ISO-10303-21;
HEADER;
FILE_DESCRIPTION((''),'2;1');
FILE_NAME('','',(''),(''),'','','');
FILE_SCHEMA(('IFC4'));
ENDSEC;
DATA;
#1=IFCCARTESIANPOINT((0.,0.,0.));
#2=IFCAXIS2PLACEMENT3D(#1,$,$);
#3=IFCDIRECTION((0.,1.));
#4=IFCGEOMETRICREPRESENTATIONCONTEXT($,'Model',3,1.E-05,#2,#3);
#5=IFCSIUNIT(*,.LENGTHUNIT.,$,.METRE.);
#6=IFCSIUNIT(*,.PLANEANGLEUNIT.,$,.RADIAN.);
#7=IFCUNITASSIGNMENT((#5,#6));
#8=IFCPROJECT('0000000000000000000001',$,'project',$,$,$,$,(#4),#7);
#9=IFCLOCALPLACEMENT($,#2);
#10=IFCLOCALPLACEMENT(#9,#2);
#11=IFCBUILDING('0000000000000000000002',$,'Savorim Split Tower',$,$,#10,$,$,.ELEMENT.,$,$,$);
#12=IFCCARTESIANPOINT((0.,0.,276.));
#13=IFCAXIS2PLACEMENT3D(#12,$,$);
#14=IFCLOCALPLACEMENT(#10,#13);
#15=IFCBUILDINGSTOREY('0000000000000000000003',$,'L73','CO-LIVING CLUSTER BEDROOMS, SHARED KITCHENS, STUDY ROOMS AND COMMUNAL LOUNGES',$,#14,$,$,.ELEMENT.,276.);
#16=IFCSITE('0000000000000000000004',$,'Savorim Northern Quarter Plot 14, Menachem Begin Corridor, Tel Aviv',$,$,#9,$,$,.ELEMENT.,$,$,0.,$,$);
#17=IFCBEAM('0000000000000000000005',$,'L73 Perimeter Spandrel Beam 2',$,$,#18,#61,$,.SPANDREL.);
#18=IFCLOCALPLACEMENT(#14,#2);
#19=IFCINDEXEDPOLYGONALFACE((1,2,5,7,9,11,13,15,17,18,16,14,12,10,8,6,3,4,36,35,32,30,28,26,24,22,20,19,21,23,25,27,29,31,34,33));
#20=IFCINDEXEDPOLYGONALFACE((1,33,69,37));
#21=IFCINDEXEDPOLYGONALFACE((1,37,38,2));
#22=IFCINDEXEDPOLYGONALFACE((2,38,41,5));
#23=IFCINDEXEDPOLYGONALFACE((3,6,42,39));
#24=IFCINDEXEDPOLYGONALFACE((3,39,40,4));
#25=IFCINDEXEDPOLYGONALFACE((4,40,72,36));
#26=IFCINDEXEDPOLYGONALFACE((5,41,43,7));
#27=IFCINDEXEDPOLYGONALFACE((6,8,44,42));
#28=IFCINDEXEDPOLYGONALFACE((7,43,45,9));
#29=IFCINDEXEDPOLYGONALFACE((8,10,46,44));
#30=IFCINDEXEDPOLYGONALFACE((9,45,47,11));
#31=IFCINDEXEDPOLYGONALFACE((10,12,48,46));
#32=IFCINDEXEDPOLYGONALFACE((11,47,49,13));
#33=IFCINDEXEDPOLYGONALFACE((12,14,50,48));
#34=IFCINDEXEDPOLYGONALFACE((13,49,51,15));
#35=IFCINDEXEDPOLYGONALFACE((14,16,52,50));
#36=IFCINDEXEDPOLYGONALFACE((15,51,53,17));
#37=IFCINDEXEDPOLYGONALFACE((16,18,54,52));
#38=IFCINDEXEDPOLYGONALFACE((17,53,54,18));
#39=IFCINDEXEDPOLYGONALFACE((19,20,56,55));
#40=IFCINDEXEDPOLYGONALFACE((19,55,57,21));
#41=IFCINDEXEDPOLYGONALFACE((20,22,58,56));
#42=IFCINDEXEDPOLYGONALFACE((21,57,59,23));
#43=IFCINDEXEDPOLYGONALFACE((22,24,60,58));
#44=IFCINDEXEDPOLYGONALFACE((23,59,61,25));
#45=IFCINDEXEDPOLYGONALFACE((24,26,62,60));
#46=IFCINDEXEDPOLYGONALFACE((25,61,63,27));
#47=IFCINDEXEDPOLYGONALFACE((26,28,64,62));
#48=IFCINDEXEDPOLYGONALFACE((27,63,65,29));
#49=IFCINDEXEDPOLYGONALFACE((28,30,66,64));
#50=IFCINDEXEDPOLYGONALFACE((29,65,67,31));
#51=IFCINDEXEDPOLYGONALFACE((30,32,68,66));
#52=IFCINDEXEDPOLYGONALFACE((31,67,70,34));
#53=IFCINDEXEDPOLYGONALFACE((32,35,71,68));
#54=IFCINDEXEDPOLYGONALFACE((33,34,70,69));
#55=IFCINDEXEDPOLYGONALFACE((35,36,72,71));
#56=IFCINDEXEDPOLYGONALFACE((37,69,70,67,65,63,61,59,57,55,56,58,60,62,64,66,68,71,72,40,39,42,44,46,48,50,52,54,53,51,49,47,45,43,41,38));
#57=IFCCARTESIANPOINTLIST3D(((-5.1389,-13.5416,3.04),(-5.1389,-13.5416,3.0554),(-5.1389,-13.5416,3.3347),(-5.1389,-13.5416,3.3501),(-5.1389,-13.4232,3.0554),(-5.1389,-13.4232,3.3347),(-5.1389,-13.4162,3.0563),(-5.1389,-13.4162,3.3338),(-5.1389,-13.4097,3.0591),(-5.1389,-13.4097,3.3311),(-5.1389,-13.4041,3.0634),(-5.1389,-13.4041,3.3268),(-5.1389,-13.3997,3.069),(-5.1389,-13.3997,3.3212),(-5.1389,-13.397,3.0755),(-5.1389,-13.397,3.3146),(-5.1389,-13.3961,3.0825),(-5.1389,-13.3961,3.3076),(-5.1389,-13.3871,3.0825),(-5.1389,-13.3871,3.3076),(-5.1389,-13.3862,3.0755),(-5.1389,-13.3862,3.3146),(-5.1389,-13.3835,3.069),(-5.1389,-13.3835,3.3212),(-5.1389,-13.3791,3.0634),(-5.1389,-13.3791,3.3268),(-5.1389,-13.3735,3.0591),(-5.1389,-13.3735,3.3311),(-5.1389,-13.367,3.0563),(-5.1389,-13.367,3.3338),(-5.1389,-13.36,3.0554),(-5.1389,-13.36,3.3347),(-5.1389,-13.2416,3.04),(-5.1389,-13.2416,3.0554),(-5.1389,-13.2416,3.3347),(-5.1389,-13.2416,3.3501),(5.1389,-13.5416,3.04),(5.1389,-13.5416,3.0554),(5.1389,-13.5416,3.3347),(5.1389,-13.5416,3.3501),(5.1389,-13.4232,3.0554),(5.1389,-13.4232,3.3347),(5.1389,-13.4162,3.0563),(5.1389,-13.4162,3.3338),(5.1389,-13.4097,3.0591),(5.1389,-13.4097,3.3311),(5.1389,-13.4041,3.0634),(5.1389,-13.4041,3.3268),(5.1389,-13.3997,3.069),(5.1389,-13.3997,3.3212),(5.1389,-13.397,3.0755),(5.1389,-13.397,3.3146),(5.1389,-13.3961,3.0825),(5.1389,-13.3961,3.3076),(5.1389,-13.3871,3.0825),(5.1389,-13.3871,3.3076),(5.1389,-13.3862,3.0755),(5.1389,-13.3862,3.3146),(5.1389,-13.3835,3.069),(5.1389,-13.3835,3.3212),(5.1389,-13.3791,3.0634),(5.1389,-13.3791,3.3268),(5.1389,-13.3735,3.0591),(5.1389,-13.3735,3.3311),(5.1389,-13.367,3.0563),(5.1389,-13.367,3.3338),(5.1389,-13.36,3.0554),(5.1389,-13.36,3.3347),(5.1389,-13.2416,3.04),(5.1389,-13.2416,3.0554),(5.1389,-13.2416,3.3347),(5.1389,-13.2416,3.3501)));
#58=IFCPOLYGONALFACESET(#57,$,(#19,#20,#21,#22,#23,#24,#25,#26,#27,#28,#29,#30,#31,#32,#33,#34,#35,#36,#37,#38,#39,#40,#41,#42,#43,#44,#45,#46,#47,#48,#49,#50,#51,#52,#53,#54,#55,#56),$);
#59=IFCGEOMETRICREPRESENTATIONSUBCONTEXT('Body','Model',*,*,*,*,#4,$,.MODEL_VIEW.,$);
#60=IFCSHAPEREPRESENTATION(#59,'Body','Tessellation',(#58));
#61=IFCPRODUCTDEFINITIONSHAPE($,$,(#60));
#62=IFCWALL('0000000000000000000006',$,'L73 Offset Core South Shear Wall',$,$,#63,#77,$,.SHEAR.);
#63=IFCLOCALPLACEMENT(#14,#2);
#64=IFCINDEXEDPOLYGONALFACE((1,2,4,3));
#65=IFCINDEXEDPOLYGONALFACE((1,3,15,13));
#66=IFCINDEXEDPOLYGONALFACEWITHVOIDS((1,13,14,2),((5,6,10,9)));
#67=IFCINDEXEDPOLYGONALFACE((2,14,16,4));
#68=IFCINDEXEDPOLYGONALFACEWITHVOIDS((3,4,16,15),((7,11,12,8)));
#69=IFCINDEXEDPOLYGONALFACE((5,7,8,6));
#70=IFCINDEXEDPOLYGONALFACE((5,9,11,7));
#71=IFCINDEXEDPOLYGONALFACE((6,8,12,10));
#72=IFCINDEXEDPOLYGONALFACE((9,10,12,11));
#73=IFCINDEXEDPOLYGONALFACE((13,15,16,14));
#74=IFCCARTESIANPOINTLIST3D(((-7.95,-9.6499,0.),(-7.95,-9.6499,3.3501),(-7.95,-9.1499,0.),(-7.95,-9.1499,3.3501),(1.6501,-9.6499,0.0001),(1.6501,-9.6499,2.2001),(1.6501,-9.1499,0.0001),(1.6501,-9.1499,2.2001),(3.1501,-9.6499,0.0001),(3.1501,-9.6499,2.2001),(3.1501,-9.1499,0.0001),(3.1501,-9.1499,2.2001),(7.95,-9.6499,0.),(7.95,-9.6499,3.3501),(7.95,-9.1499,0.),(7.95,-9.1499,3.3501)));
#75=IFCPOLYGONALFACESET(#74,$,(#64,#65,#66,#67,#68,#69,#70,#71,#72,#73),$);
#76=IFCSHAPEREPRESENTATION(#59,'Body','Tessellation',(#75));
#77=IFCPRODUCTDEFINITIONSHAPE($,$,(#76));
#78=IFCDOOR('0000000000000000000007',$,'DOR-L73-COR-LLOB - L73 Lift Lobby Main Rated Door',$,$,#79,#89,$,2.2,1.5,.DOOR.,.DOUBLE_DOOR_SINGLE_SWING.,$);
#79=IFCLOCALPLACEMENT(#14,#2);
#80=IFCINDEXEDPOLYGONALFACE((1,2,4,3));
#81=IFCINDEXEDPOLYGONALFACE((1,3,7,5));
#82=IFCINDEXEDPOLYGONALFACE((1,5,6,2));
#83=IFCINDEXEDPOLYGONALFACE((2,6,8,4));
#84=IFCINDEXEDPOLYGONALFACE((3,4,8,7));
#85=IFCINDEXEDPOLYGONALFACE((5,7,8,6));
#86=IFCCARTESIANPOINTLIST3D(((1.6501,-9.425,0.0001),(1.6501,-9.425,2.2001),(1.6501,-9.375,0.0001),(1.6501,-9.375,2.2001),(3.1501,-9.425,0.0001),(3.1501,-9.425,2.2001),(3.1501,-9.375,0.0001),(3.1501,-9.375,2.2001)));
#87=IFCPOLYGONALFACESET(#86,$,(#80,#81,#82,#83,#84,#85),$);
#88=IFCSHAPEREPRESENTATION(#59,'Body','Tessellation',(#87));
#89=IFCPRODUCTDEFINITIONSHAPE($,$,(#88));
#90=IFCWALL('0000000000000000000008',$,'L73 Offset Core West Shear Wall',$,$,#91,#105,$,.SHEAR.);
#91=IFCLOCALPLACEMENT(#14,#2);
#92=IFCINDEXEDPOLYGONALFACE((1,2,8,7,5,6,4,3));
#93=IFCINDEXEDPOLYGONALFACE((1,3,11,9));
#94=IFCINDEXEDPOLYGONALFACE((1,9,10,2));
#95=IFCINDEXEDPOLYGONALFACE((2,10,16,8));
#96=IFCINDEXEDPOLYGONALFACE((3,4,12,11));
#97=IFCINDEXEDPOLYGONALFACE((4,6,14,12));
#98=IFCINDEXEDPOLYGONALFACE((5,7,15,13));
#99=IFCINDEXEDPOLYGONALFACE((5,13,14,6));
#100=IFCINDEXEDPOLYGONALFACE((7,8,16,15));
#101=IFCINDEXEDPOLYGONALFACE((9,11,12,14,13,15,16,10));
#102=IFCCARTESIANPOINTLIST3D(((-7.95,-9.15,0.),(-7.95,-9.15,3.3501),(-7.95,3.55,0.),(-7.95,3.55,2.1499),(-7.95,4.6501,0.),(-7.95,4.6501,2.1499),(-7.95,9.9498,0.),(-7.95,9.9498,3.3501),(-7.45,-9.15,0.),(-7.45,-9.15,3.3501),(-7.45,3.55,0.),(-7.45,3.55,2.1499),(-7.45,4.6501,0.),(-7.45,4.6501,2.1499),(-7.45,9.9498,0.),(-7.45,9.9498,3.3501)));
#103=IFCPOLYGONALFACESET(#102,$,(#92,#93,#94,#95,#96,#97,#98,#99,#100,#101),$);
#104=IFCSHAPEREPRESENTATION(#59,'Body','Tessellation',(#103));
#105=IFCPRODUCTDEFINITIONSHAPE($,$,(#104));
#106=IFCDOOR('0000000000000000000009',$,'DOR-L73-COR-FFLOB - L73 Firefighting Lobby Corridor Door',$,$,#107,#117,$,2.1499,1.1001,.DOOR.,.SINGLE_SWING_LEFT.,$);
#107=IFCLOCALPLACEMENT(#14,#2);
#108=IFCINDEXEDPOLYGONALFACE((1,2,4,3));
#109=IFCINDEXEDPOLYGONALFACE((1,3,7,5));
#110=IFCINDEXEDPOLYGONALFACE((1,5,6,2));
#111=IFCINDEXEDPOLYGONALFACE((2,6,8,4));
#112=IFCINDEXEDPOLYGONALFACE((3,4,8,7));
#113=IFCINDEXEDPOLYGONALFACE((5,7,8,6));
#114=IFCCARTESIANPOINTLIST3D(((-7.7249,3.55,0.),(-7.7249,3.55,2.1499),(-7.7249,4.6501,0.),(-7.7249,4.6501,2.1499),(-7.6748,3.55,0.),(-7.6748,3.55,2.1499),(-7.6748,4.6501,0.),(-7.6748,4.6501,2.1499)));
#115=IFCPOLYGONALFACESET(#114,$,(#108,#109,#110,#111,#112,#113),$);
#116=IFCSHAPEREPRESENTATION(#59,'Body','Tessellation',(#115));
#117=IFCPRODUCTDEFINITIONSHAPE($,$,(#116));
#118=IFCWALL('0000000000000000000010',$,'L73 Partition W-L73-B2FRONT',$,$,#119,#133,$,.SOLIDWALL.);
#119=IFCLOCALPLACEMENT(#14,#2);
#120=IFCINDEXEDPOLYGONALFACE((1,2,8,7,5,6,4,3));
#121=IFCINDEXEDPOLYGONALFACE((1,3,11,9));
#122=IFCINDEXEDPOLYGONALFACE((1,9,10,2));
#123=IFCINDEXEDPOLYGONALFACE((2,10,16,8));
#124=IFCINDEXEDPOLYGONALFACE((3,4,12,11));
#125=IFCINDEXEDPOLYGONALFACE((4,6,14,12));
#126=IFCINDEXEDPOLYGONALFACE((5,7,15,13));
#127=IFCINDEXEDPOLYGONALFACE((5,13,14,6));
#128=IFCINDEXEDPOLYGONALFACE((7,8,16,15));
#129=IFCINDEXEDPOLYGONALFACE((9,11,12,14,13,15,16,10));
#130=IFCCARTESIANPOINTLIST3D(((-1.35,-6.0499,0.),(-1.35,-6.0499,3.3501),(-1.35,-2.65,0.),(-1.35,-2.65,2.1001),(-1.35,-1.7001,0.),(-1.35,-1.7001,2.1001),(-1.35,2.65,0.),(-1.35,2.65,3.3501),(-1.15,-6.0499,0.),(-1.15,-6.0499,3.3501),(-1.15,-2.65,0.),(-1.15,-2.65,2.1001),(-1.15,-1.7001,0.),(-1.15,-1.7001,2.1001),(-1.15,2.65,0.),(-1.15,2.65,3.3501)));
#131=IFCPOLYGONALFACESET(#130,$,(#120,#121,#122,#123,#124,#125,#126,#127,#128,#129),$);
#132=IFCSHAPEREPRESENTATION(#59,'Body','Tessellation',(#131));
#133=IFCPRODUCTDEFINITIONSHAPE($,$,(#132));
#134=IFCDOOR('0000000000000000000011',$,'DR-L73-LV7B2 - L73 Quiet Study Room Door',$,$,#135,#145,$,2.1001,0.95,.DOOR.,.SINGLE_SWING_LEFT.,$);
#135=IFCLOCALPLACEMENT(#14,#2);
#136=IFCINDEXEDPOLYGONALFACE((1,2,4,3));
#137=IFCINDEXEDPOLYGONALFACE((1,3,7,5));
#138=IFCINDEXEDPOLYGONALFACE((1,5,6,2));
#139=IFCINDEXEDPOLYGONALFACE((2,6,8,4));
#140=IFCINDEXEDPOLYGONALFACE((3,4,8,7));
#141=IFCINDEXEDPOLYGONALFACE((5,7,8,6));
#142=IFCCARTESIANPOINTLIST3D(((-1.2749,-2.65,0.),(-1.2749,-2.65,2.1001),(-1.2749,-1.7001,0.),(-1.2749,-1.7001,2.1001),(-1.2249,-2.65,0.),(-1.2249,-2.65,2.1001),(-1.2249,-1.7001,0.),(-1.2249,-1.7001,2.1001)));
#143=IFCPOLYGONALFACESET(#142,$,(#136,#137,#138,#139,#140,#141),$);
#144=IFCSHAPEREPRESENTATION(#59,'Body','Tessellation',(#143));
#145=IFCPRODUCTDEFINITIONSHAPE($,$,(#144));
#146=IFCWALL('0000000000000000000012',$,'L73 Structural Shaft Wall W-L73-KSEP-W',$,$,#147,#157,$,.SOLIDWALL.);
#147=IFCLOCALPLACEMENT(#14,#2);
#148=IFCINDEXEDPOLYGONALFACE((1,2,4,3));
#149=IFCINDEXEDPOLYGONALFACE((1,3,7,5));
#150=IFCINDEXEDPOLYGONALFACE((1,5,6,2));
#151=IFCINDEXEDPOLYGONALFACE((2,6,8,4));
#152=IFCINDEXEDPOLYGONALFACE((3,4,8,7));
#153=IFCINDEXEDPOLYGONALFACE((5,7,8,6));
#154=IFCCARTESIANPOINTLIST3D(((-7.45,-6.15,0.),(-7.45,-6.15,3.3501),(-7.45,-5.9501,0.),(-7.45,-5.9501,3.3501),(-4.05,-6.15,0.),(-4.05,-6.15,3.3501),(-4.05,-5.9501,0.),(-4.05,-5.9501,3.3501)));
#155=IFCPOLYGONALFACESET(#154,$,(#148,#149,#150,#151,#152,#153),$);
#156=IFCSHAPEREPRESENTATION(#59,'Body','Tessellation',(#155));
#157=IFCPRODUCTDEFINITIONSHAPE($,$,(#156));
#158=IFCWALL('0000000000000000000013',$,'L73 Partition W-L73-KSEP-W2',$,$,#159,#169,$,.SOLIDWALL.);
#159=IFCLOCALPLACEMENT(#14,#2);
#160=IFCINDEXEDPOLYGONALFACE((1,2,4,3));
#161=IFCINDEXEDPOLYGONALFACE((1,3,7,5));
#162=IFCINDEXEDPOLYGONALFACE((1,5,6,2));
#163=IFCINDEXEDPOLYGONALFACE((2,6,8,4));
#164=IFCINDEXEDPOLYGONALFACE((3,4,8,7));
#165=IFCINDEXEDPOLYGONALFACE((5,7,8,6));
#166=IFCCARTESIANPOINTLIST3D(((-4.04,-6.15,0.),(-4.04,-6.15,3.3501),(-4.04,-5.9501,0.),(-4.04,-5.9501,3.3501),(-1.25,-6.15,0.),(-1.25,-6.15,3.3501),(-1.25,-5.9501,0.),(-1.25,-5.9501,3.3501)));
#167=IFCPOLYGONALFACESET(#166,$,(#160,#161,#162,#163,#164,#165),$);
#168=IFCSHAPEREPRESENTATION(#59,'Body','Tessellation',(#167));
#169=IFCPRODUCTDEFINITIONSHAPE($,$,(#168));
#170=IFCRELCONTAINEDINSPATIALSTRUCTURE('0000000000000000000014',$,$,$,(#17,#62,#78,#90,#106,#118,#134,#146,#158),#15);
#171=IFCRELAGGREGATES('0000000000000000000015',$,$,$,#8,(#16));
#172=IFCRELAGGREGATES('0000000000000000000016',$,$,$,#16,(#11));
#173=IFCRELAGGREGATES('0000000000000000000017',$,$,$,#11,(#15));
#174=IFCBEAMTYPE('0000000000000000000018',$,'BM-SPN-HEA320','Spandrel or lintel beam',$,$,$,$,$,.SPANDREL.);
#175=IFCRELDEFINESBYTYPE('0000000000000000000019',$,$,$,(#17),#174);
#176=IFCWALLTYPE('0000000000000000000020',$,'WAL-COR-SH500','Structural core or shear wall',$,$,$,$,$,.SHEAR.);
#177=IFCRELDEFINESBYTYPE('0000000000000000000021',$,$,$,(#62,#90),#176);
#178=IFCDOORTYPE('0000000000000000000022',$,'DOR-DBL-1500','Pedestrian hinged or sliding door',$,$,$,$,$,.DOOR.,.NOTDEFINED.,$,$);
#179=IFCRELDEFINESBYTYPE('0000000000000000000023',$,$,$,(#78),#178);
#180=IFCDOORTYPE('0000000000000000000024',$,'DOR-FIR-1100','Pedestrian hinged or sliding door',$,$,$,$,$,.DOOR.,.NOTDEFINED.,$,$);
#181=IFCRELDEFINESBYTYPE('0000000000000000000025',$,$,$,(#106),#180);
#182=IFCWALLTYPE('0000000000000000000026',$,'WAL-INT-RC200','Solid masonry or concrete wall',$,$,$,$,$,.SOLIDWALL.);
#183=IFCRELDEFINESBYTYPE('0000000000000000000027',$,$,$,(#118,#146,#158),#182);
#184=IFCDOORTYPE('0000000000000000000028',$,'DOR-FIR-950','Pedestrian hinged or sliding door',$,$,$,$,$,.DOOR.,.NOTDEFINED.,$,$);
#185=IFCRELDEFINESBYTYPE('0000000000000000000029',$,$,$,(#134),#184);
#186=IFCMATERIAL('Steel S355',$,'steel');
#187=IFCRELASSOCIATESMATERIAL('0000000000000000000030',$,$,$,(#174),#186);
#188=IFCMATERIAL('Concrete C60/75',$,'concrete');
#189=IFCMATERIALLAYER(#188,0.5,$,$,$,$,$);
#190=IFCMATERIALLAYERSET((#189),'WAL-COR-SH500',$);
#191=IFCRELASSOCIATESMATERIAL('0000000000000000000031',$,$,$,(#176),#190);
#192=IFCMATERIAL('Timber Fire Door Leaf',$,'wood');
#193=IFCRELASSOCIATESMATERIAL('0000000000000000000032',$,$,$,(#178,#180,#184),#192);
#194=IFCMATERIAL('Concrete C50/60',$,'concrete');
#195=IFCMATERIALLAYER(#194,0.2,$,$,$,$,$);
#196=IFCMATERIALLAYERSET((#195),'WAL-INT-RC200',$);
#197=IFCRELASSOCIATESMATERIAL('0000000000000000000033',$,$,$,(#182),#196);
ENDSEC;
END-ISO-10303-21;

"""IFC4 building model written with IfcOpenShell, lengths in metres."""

from ifc_helpers import new_model, si_unit, direction, frame, frame_2d, origin, origin_2d, place, context, subcontext, project, spatial, rectangle, i_section, extrude, material, layer, layer_set, material_profile, profile_set, type_object, element, fill, save


model = new_model("IFC4")

# Units and contexts
model_context = context("Model", 3, precision=1e-05, world=origin(), true_north=direction((0.0, 1.0)))
body_context = subcontext(model_context, "Body", "Model", "MODEL_VIEW")
ifc_project = project(units=[si_unit("LENGTHUNIT", "METRE"), si_unit("PLANEANGLEUNIT", "RADIAN")], contexts=[model_context])

# Site, building, storey
site_placement = place(None, origin())
site = spatial("IfcSite", under=ifc_project, at=site_placement, Name="Savorim Northern Quarter Plot 14, Menachem Begin Corridor, Tel Aviv", CompositionType="ELEMENT", RefElevation=0.0)
building_placement = place(site_placement, origin())
building = spatial("IfcBuilding", under=site, at=building_placement, Name="Savorim Split Tower", CompositionType="ELEMENT")
storey_placement = place(building_placement, frame((0.0, 0.0, 276.0)))
storey = spatial("IfcBuildingStorey", under=building, at=storey_placement, Name="L73", Description="CO-LIVING CLUSTER BEDROOMS, SHARED KITCHENS, STUDY ROOMS AND COMMUNAL LOUNGES", CompositionType="ELEMENT", Elevation=276.0)

# Shared definitions
ifc_material_1 = material(Name="Steel S355", Category="steel")

# Beam
ifc_material_profile_1 = material_profile(ifc_material_1, i_section(OverallWidth=0.3, OverallDepth=0.3101, WebThickness=0.009, FlangeThickness=0.0154, FilletRadius=0.0271, at=origin_2d()), Name="HEA 320")
ifc_profile_set_1 = profile_set([ifc_material_profile_1], Name="Steel S355")
beam_type_1 = type_object("IfcBeamType", Name="BM-SPN-HEA320", Description="Spandrel or lintel beam", PredefinedType="SPANDREL", material=ifc_profile_set_1)
beam_1_placement = place(storey_placement, frame((-5.1389, -13.3916, 3.1951), z_axis=(1.0, 0.0, 0.0), x_axis=(0.0, 1.0, 0.0)))
element("IfcBeam", 1, at=beam_1_placement, inside=storey, type_object=beam_type_1, Name="L73 Perimeter Spandrel Beam 2", PredefinedType="SPANDREL", context=body_context, shape_type="SweptSolid", body=[
    extrude(i_section(OverallWidth=0.3, OverallDepth=0.3101, WebThickness=0.009, FlangeThickness=0.0154, FilletRadius=0.0271, at=origin_2d()), origin(), (0.0, 0.0, 1.0), 10.2778),
])

# Walls, openings, doors
ifc_material_2 = material(Name="Concrete C60/75", Category="concrete")
ifc_layer_1 = layer(ifc_material_2, 0.5)
ifc_layer_set_1 = layer_set([ifc_layer_1], Name="WAL-COR-SH500")
wall_type_1 = type_object("IfcWallType", Name="WAL-COR-SH500", Description="Structural core or shear wall", PredefinedType="SHEAR", material=ifc_layer_set_1)
wall_1_placement = place(storey_placement, frame((-7.95, -9.3999, 0.0), z_axis=(0.0, 0.0, 1.0), x_axis=(1.0, 0.0, 0.0)))
wall_1 = element("IfcWall", 2, at=wall_1_placement, inside=storey, type_object=wall_type_1, Name="L73 Offset Core South Shear Wall", PredefinedType="SHEAR", context=body_context, shape_type="SweptSolid", body=[
    extrude(rectangle(XDim=15.8999, YDim=0.5, at=frame_2d((7.95, 0.0))), origin(), (0.0, 0.0, 1.0), 3.3501),
])
opening_1_placement = place(wall_1_placement, frame((9.6001, 0.0, 0.0)))
opening_1 = element("IfcOpeningElement", 3, at=opening_1_placement, cuts=wall_1, PredefinedType="OPENING", context=body_context, shape_type="SweptSolid", body=[
    extrude(rectangle(XDim=1.5, YDim=2.2, at=frame_2d((0.75, 1.1001))), frame((0.0, 0.26, 0.0), z_axis=(0.0, -1.0, 0.0), x_axis=(1.0, 0.0, 0.0)), (0.0, 0.0, 1.0), 0.52),
])
ifc_material_3 = material(Name="Timber Fire Door Leaf", Category="wood")
door_type_1 = type_object("IfcDoorType", Name="DOR-DBL-1500", Description="Pedestrian hinged or sliding door", OperationType="NOTDEFINED", PredefinedType="DOOR", material=ifc_material_3)
door_1_placement = place(opening_1_placement, origin())
door_1 = element("IfcDoor", 4, at=door_1_placement, inside=storey, type_object=door_type_1, Name="DOR-L73-COR-LLOB - L73 Lift Lobby Main Rated Door", OperationType="DOUBLE_DOOR_SINGLE_SWING", OverallHeight=2.2, OverallWidth=1.5, PredefinedType="DOOR", context=body_context, shape_type="SweptSolid", body=[
    extrude(rectangle(XDim=1.5, YDim=2.2, at=frame_2d((0.75, 1.1001))), frame((0.0, 0.0249, 0.0), z_axis=(0.0, -1.0, 0.0), x_axis=(1.0, 0.0, 0.0)), (0.0, 0.0, 1.0), 0.05),
])
fill(opening_1, door_1)
wall_2_placement = place(storey_placement, frame((-7.7, -9.1499, 0.0), z_axis=(0.0, 0.0, 1.0), x_axis=(0.0, 1.0, 0.0)))
wall_2 = element("IfcWall", 5, at=wall_2_placement, inside=storey, type_object=wall_type_1, Name="L73 Offset Core West Shear Wall", PredefinedType="SHEAR", context=body_context, shape_type="SweptSolid", body=[
    extrude(rectangle(XDim=19.0999, YDim=0.5, at=frame_2d((9.5498, 0.0))), origin(), (0.0, 0.0, 1.0), 3.3501),
])
opening_2_placement = place(wall_2_placement, frame((12.7, 0.0, 0.0)))
opening_2 = element("IfcOpeningElement", 6, at=opening_2_placement, cuts=wall_2, PredefinedType="OPENING", context=body_context, shape_type="SweptSolid", body=[
    extrude(rectangle(XDim=1.1001, YDim=2.1499, at=frame_2d((0.55, 1.075))), frame((0.0, 0.26, 0.0), z_axis=(0.0, -1.0, 0.0), x_axis=(1.0, 0.0, 0.0)), (0.0, 0.0, 1.0), 0.52),
])
door_type_2 = type_object("IfcDoorType", Name="DOR-FIR-1100", Description="Pedestrian hinged or sliding door", OperationType="NOTDEFINED", PredefinedType="DOOR", material=ifc_material_3)
door_2_placement = place(opening_2_placement, origin())
door_2 = element("IfcDoor", 7, at=door_2_placement, inside=storey, type_object=door_type_2, Name="DOR-L73-COR-FFLOB - L73 Firefighting Lobby Corridor Door", OperationType="SINGLE_SWING_LEFT", OverallHeight=2.1499, OverallWidth=1.1001, PredefinedType="DOOR", context=body_context, shape_type="SweptSolid", body=[
    extrude(rectangle(XDim=1.1001, YDim=2.1499, at=frame_2d((0.55, 1.075))), frame((0.0, 0.0249, 0.0), z_axis=(0.0, -1.0, 0.0), x_axis=(1.0, 0.0, 0.0)), (0.0, 0.0, 1.0), 0.05),
])
fill(opening_2, door_2)
ifc_material_4 = material(Name="Concrete C50/60", Category="concrete")
ifc_layer_2 = layer(ifc_material_4, 0.2)
ifc_layer_set_2 = layer_set([ifc_layer_2], Name="WAL-INT-RC200")
wall_type_2 = type_object("IfcWallType", Name="WAL-INT-RC200", Description="Solid masonry or concrete wall", PredefinedType="SOLIDWALL", material=ifc_layer_set_2)
wall_3_placement = place(storey_placement, frame((-1.25, -6.05, 0.0), z_axis=(0.0, 0.0, 1.0), x_axis=(0.0, 1.0, 0.0)))
wall_3 = element("IfcWall", 8, at=wall_3_placement, inside=storey, type_object=wall_type_2, Name="L73 Partition W-L73-B2FRONT", PredefinedType="SOLIDWALL", context=body_context, shape_type="SweptSolid", body=[
    extrude(rectangle(XDim=8.7, YDim=0.2, at=frame_2d((4.3501, 0.0))), origin(), (0.0, 0.0, 1.0), 3.3501),
])
opening_3_placement = place(wall_3_placement, frame((3.3999, 0.0, 0.0)))
opening_3 = element("IfcOpeningElement", 9, at=opening_3_placement, cuts=wall_3, PredefinedType="OPENING", context=body_context, shape_type="SweptSolid", body=[
    extrude(rectangle(XDim=0.95, YDim=2.1001, at=frame_2d((0.4751, 1.05))), frame((0.0, 0.1099, 0.0), z_axis=(0.0, -1.0, 0.0), x_axis=(1.0, 0.0, 0.0)), (0.0, 0.0, 1.0), 0.22),
])
door_type_3 = type_object("IfcDoorType", Name="DOR-FIR-950", Description="Pedestrian hinged or sliding door", OperationType="NOTDEFINED", PredefinedType="DOOR", material=ifc_material_3)
door_3_placement = place(opening_3_placement, origin())
door_3 = element("IfcDoor", 10, at=door_3_placement, inside=storey, type_object=door_type_3, Name="DR-L73-LV7B2 - L73 Quiet Study Room Door", OperationType="SINGLE_SWING_LEFT", OverallHeight=2.1001, OverallWidth=0.95, PredefinedType="DOOR", context=body_context, shape_type="SweptSolid", body=[
    extrude(rectangle(XDim=0.95, YDim=2.1001, at=frame_2d((0.4751, 1.05))), frame((0.0, 0.0249, 0.0), z_axis=(0.0, -1.0, 0.0), x_axis=(1.0, 0.0, 0.0)), (0.0, 0.0, 1.0), 0.05),
])
fill(opening_3, door_3)

# Walls
wall_4_placement = place(storey_placement, frame((-7.45, -6.05, 0.0), z_axis=(0.0, 0.0, 1.0), x_axis=(1.0, 0.0, 0.0)))
element("IfcWall", 11, at=wall_4_placement, inside=storey, type_object=wall_type_2, Name="L73 Structural Shaft Wall W-L73-KSEP-W", PredefinedType="SOLIDWALL", context=body_context, shape_type="SweptSolid", body=[
    extrude(rectangle(XDim=3.3999, YDim=0.2, at=frame_2d((1.7, 0.0))), origin(), (0.0, 0.0, 1.0), 3.3501),
])
wall_5_placement = place(storey_placement, frame((-4.04, -6.05, 0.0), z_axis=(0.0, 0.0, 1.0), x_axis=(1.0, 0.0, 0.0)))
element("IfcWall", 12, at=wall_5_placement, inside=storey, type_object=wall_type_2, Name="L73 Partition W-L73-KSEP-W2", PredefinedType="SOLIDWALL", context=body_context, shape_type="SweptSolid", body=[
    extrude(rectangle(XDim=2.79, YDim=0.2, at=frame_2d((1.395, 0.0))), origin(), (0.0, 0.0, 1.0), 3.3501),
])

save(model, "model.ifc")
